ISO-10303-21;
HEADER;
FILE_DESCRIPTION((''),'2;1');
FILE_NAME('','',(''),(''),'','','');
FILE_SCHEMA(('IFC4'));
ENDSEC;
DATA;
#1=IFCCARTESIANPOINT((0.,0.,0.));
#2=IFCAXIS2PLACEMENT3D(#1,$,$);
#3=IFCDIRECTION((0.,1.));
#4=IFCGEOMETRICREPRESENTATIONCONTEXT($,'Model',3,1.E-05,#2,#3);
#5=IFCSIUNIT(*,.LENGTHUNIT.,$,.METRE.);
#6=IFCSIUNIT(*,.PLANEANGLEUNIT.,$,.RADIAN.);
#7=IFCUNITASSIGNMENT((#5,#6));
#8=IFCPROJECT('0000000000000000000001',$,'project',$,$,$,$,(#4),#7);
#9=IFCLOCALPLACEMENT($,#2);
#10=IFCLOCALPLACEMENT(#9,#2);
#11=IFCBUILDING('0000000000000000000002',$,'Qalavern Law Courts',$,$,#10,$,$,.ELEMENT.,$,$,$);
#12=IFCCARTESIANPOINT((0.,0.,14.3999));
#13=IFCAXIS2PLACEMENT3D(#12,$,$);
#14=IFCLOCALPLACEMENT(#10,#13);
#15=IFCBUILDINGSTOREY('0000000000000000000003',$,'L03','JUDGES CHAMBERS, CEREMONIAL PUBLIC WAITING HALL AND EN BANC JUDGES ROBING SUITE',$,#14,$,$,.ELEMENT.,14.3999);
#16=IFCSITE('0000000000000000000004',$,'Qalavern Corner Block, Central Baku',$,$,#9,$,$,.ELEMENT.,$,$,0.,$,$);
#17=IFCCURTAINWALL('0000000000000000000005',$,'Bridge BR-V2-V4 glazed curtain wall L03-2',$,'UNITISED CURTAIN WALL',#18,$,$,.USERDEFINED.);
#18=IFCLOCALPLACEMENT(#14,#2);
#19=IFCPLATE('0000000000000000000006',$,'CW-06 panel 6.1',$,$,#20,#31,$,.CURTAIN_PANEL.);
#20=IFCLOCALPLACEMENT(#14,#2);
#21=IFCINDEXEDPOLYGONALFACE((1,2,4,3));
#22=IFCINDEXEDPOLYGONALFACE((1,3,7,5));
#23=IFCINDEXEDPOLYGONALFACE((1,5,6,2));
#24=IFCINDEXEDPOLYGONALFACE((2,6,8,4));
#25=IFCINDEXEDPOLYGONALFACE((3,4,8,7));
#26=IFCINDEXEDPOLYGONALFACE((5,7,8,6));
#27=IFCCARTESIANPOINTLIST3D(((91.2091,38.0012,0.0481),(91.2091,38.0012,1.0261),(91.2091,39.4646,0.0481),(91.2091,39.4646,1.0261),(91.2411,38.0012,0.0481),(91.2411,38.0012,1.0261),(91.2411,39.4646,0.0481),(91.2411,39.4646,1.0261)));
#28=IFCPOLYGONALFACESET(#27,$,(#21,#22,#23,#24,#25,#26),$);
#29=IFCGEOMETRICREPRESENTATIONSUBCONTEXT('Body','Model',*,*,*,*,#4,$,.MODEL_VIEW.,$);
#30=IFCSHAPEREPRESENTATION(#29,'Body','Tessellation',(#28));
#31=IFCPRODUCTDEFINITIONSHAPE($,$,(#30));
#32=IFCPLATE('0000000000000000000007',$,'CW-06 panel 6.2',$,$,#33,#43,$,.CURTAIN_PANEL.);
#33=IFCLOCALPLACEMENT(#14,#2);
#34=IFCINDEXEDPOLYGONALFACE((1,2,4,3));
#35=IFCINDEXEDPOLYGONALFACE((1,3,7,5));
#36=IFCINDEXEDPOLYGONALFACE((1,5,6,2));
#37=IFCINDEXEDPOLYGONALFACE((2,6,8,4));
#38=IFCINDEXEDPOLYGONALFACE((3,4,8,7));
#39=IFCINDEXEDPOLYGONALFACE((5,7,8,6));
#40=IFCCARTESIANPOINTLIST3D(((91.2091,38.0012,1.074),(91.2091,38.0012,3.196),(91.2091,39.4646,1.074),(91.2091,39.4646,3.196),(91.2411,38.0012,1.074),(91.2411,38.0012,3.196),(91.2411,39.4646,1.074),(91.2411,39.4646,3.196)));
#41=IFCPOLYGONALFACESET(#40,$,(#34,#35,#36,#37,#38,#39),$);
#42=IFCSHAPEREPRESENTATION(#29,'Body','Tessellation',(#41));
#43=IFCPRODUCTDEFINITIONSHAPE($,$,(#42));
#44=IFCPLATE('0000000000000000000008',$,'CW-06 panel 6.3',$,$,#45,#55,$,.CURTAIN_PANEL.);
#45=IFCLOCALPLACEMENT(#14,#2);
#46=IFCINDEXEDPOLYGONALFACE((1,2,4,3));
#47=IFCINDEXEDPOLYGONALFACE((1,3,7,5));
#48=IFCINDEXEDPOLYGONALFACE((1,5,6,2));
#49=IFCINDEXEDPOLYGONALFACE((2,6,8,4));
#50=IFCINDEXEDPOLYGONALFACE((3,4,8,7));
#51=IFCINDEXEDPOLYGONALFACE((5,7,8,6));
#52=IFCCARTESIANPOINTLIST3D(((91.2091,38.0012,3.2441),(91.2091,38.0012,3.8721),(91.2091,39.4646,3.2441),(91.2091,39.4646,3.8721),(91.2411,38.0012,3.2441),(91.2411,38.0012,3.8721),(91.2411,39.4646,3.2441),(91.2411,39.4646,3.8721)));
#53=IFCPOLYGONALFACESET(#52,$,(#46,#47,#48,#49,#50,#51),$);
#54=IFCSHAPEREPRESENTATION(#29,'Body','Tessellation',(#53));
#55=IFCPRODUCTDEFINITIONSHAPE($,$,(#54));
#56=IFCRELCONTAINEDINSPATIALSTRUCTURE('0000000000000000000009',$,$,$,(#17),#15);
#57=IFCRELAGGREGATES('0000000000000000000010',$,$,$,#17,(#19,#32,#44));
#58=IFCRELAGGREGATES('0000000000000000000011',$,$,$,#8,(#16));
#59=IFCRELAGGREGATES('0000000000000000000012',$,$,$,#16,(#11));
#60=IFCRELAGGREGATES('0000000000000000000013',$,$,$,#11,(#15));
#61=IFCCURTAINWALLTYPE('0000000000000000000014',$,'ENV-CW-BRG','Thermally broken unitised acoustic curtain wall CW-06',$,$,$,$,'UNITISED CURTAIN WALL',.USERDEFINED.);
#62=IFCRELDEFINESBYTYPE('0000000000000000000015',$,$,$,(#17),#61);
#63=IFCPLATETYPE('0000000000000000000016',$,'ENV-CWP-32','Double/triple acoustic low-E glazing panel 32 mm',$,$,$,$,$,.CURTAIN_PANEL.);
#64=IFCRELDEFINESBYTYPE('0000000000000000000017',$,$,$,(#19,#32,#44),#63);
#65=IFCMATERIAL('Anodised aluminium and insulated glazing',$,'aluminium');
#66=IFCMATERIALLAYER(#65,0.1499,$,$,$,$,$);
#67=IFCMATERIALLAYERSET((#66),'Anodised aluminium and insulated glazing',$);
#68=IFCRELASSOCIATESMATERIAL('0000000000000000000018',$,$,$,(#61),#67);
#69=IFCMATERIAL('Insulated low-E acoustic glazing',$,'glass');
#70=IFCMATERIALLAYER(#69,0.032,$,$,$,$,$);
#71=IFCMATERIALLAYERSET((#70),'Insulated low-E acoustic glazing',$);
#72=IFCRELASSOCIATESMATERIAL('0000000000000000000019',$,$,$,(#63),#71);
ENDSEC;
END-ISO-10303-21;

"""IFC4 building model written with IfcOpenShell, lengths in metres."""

from ifc_helpers import new_model, si_unit, direction, frame, origin, origin_2d, place, context, subcontext, project, spatial, rectangle, extrude, material, layer, layer_set, type_object, element, aggregate, save


model = new_model("IFC4")

# Units and contexts
model_context = context("Model", 3, precision=1e-05, world=origin(), true_north=direction((0.0, 1.0)))
body_context = subcontext(model_context, "Body", "Model", "MODEL_VIEW")
ifc_project = project(units=[si_unit("LENGTHUNIT", "METRE"), si_unit("PLANEANGLEUNIT", "RADIAN")], contexts=[model_context])

# Site, building, storey
site_placement = place(None, origin())
site = spatial("IfcSite", under=ifc_project, at=site_placement, Name="Qalavern Corner Block, Central Baku", CompositionType="ELEMENT", RefElevation=0.0)
building_placement = place(site_placement, origin())
building = spatial("IfcBuilding", under=site, at=building_placement, Name="Qalavern Law Courts", CompositionType="ELEMENT")
storey_placement = place(building_placement, frame((0.0, 0.0, 14.3999)))
storey = spatial("IfcBuildingStorey", under=building, at=storey_placement, Name="L03", Description="JUDGES CHAMBERS, CEREMONIAL PUBLIC WAITING HALL AND EN BANC JUDGES ROBING SUITE", CompositionType="ELEMENT", Elevation=14.3999)

# Curtain wall
ifc_material_1 = material(Name="Anodised aluminium and insulated glazing", Category="aluminium")
ifc_layer_1 = layer(ifc_material_1, 0.1499)
ifc_layer_set_1 = layer_set([ifc_layer_1], Name="Anodised aluminium and insulated glazing")
curtain_wall_type = type_object("IfcCurtainWallType", Name="ENV-CW-BRG", Description="Thermally broken unitised acoustic curtain wall CW-06", ElementType="UNITISED CURTAIN WALL", PredefinedType="USERDEFINED", material=ifc_layer_set_1)
curtain_wall_1_placement = place(storey_placement, origin())
curtain_wall_1 = element("IfcCurtainWall", 1, at=curtain_wall_1_placement, inside=storey, type_object=curtain_wall_type, Name="Bridge BR-V2-V4 glazed curtain wall L03-2", ObjectType="UNITISED CURTAIN WALL", PredefinedType="USERDEFINED")

# Plates
ifc_material_2 = material(Name="Insulated low-E acoustic glazing", Category="glass")
ifc_layer_2 = layer(ifc_material_2, 0.032)
ifc_layer_set_2 = layer_set([ifc_layer_2], Name="Insulated low-E acoustic glazing")
plate_type = type_object("IfcPlateType", Name="ENV-CWP-32", Description="Double/triple acoustic low-E glazing panel 32 mm", PredefinedType="CURTAIN_PANEL", material=ifc_layer_set_2)
plate_1_placement = place(storey_placement, frame((91.2251, 38.7329, 0.0481), z_axis=(0.0, 0.0, 1.0), x_axis=(0.0, 1.0, 0.0)))
plate_1 = element("IfcPlate", 2, at=plate_1_placement, type_object=plate_type, Name="CW-06 panel 6.1", PredefinedType="CURTAIN_PANEL", context=body_context, shape_type="SweptSolid", body=[
    extrude(rectangle(XDim=1.4634, YDim=0.032, at=origin_2d()), origin(), (0.0, 0.0, 1.0), 0.978),
])
plate_2_placement = place(storey_placement, frame((91.2251, 38.7329, 1.074), z_axis=(0.0, 0.0, 1.0), x_axis=(0.0, 1.0, 0.0)))
plate_2 = element("IfcPlate", 3, at=plate_2_placement, type_object=plate_type, Name="CW-06 panel 6.2", PredefinedType="CURTAIN_PANEL", context=body_context, shape_type="SweptSolid", body=[
    extrude(rectangle(XDim=1.4634, YDim=0.032, at=origin_2d()), origin(), (0.0, 0.0, 1.0), 2.1221),
])
plate_3_placement = place(storey_placement, frame((91.2251, 38.7329, 3.2441), z_axis=(0.0, 0.0, 1.0), x_axis=(0.0, 1.0, 0.0)))
plate_3 = element("IfcPlate", 4, at=plate_3_placement, type_object=plate_type, Name="CW-06 panel 6.3", PredefinedType="CURTAIN_PANEL", context=body_context, shape_type="SweptSolid", body=[
    extrude(rectangle(XDim=1.4634, YDim=0.032, at=origin_2d()), origin(), (0.0, 0.0, 1.0), 0.6279),
])
aggregate(curtain_wall_1, [plate_1, plate_2, plate_3])

save(model, "model.ifc")
